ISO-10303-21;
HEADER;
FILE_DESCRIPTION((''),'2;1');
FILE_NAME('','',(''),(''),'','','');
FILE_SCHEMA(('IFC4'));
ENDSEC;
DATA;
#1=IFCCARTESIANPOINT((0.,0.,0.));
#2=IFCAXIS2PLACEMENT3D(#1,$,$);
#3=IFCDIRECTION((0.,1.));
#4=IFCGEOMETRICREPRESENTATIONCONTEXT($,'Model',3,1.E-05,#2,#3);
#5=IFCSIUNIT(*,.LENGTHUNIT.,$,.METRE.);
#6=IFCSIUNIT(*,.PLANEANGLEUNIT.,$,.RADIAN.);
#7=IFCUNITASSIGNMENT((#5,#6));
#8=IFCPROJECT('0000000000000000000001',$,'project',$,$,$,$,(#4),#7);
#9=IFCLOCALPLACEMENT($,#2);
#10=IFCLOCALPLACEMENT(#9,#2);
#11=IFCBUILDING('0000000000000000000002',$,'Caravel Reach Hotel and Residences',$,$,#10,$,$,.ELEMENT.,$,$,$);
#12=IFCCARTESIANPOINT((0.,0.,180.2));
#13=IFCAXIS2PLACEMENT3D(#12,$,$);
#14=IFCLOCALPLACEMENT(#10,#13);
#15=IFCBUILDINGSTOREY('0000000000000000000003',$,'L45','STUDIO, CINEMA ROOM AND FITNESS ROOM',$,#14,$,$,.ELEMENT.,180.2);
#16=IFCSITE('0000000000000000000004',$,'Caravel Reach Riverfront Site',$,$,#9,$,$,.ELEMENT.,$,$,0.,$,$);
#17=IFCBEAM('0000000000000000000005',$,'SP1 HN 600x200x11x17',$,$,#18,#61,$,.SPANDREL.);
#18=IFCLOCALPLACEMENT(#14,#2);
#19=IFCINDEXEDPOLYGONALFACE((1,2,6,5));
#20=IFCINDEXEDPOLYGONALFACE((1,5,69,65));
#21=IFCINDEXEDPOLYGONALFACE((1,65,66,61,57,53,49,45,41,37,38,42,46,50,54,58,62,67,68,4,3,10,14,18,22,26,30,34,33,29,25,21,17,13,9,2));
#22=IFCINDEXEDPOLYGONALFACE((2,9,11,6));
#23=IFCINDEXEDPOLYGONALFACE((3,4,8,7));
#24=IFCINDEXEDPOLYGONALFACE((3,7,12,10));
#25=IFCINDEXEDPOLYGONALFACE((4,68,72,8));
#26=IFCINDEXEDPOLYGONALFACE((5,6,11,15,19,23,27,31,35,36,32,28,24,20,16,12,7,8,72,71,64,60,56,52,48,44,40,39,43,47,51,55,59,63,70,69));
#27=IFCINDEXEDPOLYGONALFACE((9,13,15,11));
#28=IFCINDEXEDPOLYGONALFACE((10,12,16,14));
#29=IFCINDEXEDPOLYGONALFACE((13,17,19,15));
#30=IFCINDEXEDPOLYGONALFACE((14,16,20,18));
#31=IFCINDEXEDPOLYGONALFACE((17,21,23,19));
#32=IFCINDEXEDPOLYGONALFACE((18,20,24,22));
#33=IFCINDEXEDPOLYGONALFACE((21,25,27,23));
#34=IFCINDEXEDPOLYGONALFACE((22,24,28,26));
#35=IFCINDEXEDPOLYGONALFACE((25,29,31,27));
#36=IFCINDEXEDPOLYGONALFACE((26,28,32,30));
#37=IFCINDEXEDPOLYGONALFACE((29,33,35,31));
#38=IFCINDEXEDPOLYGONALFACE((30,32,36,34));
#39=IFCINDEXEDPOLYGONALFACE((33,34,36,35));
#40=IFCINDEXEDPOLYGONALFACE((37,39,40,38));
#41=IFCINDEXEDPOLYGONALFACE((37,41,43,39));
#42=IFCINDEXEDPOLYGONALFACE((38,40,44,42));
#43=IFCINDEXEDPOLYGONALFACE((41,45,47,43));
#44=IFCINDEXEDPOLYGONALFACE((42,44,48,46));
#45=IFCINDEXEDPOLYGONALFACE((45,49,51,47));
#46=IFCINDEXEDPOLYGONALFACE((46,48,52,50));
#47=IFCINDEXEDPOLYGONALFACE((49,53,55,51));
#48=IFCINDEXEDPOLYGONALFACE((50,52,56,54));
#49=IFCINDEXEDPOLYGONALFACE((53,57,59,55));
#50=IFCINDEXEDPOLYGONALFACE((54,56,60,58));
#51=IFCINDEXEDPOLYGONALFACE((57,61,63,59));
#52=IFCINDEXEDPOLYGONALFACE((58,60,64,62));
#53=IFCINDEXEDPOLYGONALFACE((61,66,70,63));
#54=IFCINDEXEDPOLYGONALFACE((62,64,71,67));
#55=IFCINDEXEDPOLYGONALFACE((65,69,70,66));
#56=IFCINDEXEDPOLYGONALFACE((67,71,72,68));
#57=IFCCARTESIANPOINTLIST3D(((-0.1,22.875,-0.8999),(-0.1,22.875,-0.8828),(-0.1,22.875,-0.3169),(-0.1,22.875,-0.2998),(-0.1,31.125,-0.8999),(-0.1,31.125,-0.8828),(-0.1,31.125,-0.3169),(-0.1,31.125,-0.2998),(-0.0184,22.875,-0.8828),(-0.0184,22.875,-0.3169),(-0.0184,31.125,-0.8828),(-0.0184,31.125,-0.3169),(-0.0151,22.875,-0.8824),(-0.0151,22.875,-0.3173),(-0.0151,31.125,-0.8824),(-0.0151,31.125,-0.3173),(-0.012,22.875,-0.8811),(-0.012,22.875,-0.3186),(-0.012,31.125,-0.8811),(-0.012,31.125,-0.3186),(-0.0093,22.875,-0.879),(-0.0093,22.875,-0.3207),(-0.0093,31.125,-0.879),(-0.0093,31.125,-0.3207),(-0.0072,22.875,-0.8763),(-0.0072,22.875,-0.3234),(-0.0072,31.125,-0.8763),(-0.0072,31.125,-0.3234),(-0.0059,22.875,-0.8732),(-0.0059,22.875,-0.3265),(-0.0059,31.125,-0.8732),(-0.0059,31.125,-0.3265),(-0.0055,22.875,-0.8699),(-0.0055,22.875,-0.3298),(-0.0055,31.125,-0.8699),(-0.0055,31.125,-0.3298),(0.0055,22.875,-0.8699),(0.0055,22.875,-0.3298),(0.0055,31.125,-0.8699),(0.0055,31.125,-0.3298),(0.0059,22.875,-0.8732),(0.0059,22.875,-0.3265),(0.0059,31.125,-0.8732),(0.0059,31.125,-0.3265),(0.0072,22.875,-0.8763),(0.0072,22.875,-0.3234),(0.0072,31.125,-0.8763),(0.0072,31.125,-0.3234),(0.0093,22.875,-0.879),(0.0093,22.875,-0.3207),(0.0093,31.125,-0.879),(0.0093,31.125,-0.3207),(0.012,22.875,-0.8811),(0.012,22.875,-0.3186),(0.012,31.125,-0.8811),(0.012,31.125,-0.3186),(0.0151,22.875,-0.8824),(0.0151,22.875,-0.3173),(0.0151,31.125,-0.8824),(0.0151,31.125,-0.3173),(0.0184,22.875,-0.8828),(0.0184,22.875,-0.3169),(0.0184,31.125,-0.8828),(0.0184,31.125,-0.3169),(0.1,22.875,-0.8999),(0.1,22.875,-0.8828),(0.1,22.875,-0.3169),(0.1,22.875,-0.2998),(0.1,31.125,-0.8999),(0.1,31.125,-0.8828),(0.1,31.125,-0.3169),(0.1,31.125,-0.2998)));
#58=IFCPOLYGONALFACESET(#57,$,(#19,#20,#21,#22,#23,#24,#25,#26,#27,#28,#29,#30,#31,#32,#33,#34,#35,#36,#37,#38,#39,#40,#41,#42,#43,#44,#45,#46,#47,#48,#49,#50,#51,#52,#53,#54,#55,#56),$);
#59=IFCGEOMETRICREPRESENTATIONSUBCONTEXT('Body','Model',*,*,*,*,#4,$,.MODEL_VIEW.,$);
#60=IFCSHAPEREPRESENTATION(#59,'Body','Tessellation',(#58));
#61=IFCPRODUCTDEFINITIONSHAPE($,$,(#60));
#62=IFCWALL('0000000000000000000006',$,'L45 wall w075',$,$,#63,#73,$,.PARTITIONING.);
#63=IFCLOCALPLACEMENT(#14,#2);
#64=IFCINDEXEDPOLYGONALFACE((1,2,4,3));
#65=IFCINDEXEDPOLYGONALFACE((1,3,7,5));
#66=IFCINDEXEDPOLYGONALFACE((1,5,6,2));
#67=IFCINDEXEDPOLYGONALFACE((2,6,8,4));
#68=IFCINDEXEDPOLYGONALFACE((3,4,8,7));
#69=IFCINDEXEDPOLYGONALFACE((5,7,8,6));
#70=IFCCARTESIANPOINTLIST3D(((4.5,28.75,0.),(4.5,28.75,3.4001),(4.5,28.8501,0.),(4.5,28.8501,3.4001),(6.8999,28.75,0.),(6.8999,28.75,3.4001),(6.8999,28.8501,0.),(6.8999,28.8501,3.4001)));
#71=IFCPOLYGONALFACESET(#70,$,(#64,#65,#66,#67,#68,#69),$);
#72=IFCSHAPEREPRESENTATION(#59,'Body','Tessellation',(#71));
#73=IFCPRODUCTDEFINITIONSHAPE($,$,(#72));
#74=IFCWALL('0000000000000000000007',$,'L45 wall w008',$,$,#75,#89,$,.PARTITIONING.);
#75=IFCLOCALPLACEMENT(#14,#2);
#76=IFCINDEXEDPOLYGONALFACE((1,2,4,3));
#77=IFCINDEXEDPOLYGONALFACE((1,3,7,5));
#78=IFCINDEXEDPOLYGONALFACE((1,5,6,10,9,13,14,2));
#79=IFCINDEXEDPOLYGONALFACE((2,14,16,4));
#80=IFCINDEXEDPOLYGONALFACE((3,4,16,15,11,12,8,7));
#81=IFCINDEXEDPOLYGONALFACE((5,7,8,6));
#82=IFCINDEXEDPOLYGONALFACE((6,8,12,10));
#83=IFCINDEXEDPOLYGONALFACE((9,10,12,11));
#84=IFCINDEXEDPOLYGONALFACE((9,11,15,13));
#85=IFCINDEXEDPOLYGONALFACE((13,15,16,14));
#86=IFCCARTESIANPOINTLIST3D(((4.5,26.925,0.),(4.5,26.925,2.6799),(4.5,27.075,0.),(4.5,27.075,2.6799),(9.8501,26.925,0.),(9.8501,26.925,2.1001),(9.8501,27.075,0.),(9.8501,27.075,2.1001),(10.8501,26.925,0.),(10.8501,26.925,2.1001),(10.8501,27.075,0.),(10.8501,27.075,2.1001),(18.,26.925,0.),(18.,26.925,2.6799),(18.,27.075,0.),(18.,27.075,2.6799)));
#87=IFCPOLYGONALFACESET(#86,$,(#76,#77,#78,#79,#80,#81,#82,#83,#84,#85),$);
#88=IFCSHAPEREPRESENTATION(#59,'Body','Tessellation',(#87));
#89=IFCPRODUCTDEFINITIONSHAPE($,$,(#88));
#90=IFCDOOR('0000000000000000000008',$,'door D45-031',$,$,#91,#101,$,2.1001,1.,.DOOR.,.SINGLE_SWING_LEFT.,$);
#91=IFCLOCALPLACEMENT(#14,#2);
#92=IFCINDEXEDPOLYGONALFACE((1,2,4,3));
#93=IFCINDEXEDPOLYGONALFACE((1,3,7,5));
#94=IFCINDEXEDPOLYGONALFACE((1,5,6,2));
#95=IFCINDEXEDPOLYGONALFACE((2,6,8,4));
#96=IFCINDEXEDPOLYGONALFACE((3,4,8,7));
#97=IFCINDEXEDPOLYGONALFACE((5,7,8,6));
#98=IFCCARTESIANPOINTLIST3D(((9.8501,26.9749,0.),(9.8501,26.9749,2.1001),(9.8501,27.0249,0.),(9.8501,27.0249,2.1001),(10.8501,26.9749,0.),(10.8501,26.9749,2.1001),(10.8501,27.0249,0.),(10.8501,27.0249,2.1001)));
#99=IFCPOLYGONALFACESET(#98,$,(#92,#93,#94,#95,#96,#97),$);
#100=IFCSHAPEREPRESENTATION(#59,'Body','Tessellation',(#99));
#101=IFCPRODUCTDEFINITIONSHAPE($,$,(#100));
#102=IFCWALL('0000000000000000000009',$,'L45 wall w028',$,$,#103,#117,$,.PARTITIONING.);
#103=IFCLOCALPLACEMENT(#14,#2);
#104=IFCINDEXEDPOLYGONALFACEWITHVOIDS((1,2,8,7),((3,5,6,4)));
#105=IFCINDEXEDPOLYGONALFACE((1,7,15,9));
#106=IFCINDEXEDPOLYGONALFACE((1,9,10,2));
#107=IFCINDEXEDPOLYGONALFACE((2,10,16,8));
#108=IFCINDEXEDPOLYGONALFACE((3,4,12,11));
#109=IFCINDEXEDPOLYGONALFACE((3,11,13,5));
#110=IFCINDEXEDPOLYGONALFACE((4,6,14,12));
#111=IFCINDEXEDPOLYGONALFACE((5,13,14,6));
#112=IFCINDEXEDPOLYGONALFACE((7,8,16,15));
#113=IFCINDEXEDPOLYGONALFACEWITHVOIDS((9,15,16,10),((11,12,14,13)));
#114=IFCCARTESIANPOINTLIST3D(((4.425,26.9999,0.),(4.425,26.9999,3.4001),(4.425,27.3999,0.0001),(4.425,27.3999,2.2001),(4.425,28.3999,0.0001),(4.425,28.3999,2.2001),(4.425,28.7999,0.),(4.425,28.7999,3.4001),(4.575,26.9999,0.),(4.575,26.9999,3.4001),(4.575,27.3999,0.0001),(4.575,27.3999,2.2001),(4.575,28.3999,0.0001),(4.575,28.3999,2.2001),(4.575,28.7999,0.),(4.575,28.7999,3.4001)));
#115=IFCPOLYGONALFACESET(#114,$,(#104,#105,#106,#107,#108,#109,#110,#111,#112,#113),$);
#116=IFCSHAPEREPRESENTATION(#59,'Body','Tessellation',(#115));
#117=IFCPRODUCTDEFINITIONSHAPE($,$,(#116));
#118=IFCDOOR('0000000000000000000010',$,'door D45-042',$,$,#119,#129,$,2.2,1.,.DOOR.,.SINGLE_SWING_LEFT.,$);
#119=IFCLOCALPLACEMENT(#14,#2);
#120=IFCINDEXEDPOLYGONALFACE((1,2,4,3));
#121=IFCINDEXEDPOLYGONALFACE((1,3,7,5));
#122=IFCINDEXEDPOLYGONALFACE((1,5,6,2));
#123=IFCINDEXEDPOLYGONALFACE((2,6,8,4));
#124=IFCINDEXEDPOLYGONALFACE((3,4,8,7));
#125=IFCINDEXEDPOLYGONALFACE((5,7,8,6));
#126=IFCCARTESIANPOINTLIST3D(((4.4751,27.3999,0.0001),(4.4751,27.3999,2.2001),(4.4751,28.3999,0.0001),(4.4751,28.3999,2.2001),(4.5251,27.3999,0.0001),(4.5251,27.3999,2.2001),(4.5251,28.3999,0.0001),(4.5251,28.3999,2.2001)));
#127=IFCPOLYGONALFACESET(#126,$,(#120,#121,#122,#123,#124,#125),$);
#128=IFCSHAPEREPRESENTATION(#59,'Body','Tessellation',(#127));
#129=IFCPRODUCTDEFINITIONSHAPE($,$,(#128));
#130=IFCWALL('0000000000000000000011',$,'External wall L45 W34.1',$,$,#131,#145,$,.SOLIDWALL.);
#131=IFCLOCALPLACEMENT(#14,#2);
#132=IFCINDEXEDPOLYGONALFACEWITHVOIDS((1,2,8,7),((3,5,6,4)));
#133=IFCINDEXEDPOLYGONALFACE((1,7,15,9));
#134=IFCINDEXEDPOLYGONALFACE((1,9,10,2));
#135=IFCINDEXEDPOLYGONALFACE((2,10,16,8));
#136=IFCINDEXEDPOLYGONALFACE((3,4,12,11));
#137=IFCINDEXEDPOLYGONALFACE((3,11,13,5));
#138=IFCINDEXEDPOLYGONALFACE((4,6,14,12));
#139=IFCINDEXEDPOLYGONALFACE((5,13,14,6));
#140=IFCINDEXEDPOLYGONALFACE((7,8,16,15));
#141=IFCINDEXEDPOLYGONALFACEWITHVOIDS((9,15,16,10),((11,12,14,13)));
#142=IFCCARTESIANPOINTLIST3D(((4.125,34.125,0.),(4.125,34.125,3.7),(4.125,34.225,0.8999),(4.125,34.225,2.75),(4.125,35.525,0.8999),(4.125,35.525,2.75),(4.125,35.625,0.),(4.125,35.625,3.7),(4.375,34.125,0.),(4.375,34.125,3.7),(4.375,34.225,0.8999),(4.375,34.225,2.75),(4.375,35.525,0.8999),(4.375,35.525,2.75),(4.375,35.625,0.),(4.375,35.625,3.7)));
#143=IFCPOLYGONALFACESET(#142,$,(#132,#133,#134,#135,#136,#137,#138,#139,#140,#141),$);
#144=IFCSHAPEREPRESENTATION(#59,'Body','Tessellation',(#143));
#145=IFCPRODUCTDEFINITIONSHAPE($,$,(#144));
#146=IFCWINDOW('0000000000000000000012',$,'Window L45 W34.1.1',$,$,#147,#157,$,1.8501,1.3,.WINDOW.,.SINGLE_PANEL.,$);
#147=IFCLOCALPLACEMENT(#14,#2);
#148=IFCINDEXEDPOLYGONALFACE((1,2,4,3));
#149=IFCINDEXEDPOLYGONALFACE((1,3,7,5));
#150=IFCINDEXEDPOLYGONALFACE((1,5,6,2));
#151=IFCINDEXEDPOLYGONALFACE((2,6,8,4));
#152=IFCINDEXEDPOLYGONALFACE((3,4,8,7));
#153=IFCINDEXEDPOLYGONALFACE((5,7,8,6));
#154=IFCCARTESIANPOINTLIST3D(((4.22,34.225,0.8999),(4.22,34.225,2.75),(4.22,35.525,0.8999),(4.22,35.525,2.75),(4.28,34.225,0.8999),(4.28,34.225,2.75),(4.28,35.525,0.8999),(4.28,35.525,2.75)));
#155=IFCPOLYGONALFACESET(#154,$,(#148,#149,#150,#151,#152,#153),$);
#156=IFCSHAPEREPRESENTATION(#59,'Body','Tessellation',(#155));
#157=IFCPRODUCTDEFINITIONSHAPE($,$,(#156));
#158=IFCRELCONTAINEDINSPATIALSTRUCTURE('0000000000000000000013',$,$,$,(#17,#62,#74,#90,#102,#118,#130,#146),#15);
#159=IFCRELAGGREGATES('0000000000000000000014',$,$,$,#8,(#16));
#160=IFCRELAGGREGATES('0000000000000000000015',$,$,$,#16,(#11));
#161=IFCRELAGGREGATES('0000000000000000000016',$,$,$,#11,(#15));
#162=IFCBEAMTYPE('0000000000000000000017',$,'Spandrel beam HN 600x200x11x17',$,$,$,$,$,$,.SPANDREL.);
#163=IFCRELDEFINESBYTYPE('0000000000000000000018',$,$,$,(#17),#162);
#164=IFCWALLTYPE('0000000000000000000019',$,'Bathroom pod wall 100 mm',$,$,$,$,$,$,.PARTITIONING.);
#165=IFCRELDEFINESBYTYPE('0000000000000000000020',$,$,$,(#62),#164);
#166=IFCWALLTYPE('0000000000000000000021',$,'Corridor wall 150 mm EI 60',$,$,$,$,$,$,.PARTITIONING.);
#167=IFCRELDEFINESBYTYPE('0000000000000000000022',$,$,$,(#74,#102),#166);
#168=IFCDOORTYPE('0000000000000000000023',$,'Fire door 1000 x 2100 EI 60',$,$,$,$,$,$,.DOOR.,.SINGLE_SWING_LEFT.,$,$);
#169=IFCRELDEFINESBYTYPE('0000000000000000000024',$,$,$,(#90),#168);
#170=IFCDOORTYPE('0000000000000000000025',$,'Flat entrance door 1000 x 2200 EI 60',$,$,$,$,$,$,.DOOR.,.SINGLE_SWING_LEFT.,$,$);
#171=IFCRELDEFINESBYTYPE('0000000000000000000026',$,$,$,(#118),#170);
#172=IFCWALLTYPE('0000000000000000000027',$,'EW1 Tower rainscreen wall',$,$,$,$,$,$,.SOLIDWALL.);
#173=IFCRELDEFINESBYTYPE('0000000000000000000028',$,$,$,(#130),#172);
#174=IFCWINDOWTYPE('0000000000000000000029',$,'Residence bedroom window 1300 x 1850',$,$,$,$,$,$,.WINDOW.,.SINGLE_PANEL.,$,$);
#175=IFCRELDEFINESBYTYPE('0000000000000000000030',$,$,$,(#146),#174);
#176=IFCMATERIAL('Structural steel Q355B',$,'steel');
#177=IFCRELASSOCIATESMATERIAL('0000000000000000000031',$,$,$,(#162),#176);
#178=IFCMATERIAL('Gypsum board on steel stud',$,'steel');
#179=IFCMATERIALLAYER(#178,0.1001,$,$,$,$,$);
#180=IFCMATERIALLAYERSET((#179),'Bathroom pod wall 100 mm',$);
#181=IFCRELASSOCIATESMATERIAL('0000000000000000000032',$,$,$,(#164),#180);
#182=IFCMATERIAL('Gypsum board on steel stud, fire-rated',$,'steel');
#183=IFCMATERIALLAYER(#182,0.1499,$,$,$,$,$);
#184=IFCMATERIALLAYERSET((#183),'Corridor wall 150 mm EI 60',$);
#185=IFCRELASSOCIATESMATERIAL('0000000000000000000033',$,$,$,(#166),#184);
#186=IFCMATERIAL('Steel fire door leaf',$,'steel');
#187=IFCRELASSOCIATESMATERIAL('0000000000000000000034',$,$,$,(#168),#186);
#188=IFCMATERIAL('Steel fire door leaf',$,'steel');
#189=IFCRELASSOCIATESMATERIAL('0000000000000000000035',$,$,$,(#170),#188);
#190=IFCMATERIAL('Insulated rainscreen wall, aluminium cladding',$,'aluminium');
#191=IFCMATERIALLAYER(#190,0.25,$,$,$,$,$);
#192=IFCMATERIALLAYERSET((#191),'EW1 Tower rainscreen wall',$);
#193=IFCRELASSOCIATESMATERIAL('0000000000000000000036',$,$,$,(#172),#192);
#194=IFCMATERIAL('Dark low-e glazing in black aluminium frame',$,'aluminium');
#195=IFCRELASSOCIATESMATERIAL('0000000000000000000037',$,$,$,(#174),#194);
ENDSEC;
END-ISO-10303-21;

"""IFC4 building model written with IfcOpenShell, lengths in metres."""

from ifc_helpers import new_model, si_unit, direction, frame, frame_2d, origin, origin_2d, place, context, subcontext, project, spatial, rectangle, i_section, extrude, material, layer, layer_set, material_profile, profile_set, type_object, element, fill, save


model = new_model("IFC4")

# Units and contexts
model_context = context("Model", 3, precision=1e-05, world=origin(), true_north=direction((0.0, 1.0)))
body_context = subcontext(model_context, "Body", "Model", "MODEL_VIEW")
ifc_project = project(units=[si_unit("LENGTHUNIT", "METRE"), si_unit("PLANEANGLEUNIT", "RADIAN")], contexts=[model_context])

# Site, building, storey
site_placement = place(None, origin())
site = spatial("IfcSite", under=ifc_project, at=site_placement, Name="Caravel Reach Riverfront Site", CompositionType="ELEMENT", RefElevation=0.0)
building_placement = place(site_placement, origin())
building = spatial("IfcBuilding", under=site, at=building_placement, Name="Caravel Reach Hotel and Residences", CompositionType="ELEMENT")
storey_placement = place(building_placement, frame((0.0, 0.0, 180.2)))
storey = spatial("IfcBuildingStorey", under=building, at=storey_placement, Name="L45", Description="STUDIO, CINEMA ROOM AND FITNESS ROOM", CompositionType="ELEMENT", Elevation=180.2)

# Beam
ifc_material_1 = material(Name="Structural steel Q355B", Category="steel")
ifc_material_profile_1 = material_profile(ifc_material_1, i_section(OverallWidth=0.2, OverallDepth=0.6001, WebThickness=0.011, FlangeThickness=0.0171, FilletRadius=0.0129, at=origin_2d()), Name="HN 600x200x11x17")
ifc_profile_set_1 = profile_set([ifc_material_profile_1], Name="Structural steel Q355B")
beam_type = type_object("IfcBeamType", Name="Spandrel beam HN 600x200x11x17", PredefinedType="SPANDREL", material=ifc_profile_set_1)
beam_placement = place(storey_placement, frame((0.0, 31.125, -0.5999), z_axis=(0.0, -1.0, 0.0), x_axis=(1.0, 0.0, 0.0)))
element("IfcBeam", 1, at=beam_placement, inside=storey, type_object=beam_type, Name="SP1 HN 600x200x11x17", PredefinedType="SPANDREL", context=body_context, shape_type="SweptSolid", body=[
    extrude(i_section(OverallWidth=0.2, OverallDepth=0.6001, WebThickness=0.011, FlangeThickness=0.0171, FilletRadius=0.0129, at=origin_2d()), origin(), (0.0, 0.0, 1.0), 8.25),
])

# Wall
ifc_material_2 = material(Name="Gypsum board on steel stud", Category="steel")
ifc_layer_1 = layer(ifc_material_2, 0.1001)
ifc_layer_set_1 = layer_set([ifc_layer_1], Name="Bathroom pod wall 100 mm")
wall_type_1 = type_object("IfcWallType", Name="Bathroom pod wall 100 mm", PredefinedType="PARTITIONING", material=ifc_layer_set_1)
wall_1_placement = place(storey_placement, frame((4.5, 28.8, 0.0), z_axis=(0.0, 0.0, 1.0), x_axis=(1.0, 0.0, 0.0)))
element("IfcWall", 2, at=wall_1_placement, inside=storey, type_object=wall_type_1, Name="L45 wall w075", PredefinedType="PARTITIONING", context=body_context, shape_type="SweptSolid", body=[
    extrude(rectangle(XDim=2.3999, YDim=0.1001, at=frame_2d((1.2, 0.0))), origin(), (0.0, 0.0, 1.0), 3.4001),
])

# Walls, openings, doors
ifc_material_3 = material(Name="Gypsum board on steel stud, fire-rated", Category="steel")
ifc_layer_2 = layer(ifc_material_3, 0.1499)
ifc_layer_set_2 = layer_set([ifc_layer_2], Name="Corridor wall 150 mm EI 60")
wall_type_2 = type_object("IfcWallType", Name="Corridor wall 150 mm EI 60", PredefinedType="PARTITIONING", material=ifc_layer_set_2)
wall_2_placement = place(storey_placement, frame((4.5, 27.0, 0.0), z_axis=(0.0, 0.0, 1.0), x_axis=(1.0, 0.0, 0.0)))
wall_2 = element("IfcWall", 3, at=wall_2_placement, inside=storey, type_object=wall_type_2, Name="L45 wall w008", PredefinedType="PARTITIONING", context=body_context, shape_type="SweptSolid", body=[
    extrude(rectangle(XDim=13.5, YDim=0.1499, at=frame_2d((6.75, 0.0))), origin(), (0.0, 0.0, 1.0), 2.6799),
])
opening_1_placement = place(wall_2_placement, frame((5.3501, 0.0, 0.0)))
opening_1 = element("IfcOpeningElement", 4, at=opening_1_placement, cuts=wall_2, PredefinedType="OPENING", context=body_context, shape_type="SweptSolid", body=[
    extrude(rectangle(XDim=1.0, YDim=2.1001, at=frame_2d((0.5, 1.05))), frame((0.0, 0.085, 0.0), z_axis=(0.0, -1.0, 0.0), x_axis=(1.0, 0.0, 0.0)), (0.0, 0.0, 1.0), 0.1699),
])
ifc_material_4 = material(Name="Steel fire door leaf", Category="steel")
door_type_1 = type_object("IfcDoorType", Name="Fire door 1000 x 2100 EI 60", OperationType="SINGLE_SWING_LEFT", PredefinedType="DOOR", material=ifc_material_4)
door_1_placement = place(opening_1_placement, origin())
door_1 = element("IfcDoor", 5, at=door_1_placement, inside=storey, type_object=door_type_1, Name="door D45-031", OperationType="SINGLE_SWING_LEFT", OverallHeight=2.1001, OverallWidth=1.0, PredefinedType="DOOR", context=body_context, shape_type="SweptSolid", body=[
    extrude(rectangle(XDim=1.0, YDim=2.1001, at=frame_2d((0.5, 1.05))), frame((0.0, 0.0249, 0.0), z_axis=(0.0, -1.0, 0.0), x_axis=(1.0, 0.0, 0.0)), (0.0, 0.0, 1.0), 0.05),
])
fill(opening_1, door_1)
wall_3_placement = place(storey_placement, frame((4.5, 27.0, 0.0), z_axis=(0.0, 0.0, 1.0), x_axis=(0.0, 1.0, 0.0)))
wall_3 = element("IfcWall", 6, at=wall_3_placement, inside=storey, type_object=wall_type_2, Name="L45 wall w028", PredefinedType="PARTITIONING", context=body_context, shape_type="SweptSolid", body=[
    extrude(rectangle(XDim=1.8, YDim=0.1499, at=frame_2d((0.8999, 0.0))), origin(), (0.0, 0.0, 1.0), 3.4001),
])
opening_2_placement = place(wall_3_placement, frame((0.3999, 0.0, 0.0)))
opening_2 = element("IfcOpeningElement", 7, at=opening_2_placement, cuts=wall_3, PredefinedType="OPENING", context=body_context, shape_type="SweptSolid", body=[
    extrude(rectangle(XDim=1.0, YDim=2.2, at=frame_2d((0.5, 1.1001))), frame((0.0, 0.085, 0.0), z_axis=(0.0, -1.0, 0.0), x_axis=(1.0, 0.0, 0.0)), (0.0, 0.0, 1.0), 0.1699),
])
ifc_material_5 = material(Name="Steel fire door leaf", Category="steel")
door_type_2 = type_object("IfcDoorType", Name="Flat entrance door 1000 x 2200 EI 60", OperationType="SINGLE_SWING_LEFT", PredefinedType="DOOR", material=ifc_material_5)
door_2_placement = place(opening_2_placement, origin())
door_2 = element("IfcDoor", 8, at=door_2_placement, inside=storey, type_object=door_type_2, Name="door D45-042", OperationType="SINGLE_SWING_LEFT", OverallHeight=2.2, OverallWidth=1.0, PredefinedType="DOOR", context=body_context, shape_type="SweptSolid", body=[
    extrude(rectangle(XDim=1.0, YDim=2.2, at=frame_2d((0.5, 1.1001))), frame((0.0, 0.0249, 0.0), z_axis=(0.0, -1.0, 0.0), x_axis=(1.0, 0.0, 0.0)), (0.0, 0.0, 1.0), 0.05),
])
fill(opening_2, door_2)

# Wall, opening, window
ifc_material_6 = material(Name="Insulated rainscreen wall, aluminium cladding", Category="aluminium")
ifc_layer_3 = layer(ifc_material_6, 0.25)
ifc_layer_set_3 = layer_set([ifc_layer_3], Name="EW1 Tower rainscreen wall")
wall_type_3 = type_object("IfcWallType", Name="EW1 Tower rainscreen wall", PredefinedType="SOLIDWALL", material=ifc_layer_set_3)
wall_4_placement = place(storey_placement, frame((4.25, 35.625, 0.0), z_axis=(0.0, 0.0, 1.0), x_axis=(0.0, -1.0, 0.0)))
wall_4 = element("IfcWall", 9, at=wall_4_placement, inside=storey, type_object=wall_type_3, Name="External wall L45 W34.1", PredefinedType="SOLIDWALL", context=body_context, shape_type="SweptSolid", body=[
    extrude(rectangle(XDim=1.5, YDim=0.25, at=frame_2d((0.75, 0.0))), origin(), (0.0, 0.0, 1.0), 3.7),
])
opening_3_placement = place(wall_4_placement, frame((0.1001, 0.0, 0.8999)))
opening_3 = element("IfcOpeningElement", 10, at=opening_3_placement, cuts=wall_4, PredefinedType="OPENING", context=body_context, shape_type="SweptSolid", body=[
    extrude(rectangle(XDim=1.3, YDim=1.8501, at=frame_2d((0.6499, 0.925))), frame((0.0, 0.135, 0.0), z_axis=(0.0, -1.0, 0.0), x_axis=(1.0, 0.0, 0.0)), (0.0, 0.0, 1.0), 0.27),
])
ifc_material_7 = material(Name="Dark low-e glazing in black aluminium frame", Category="aluminium")
window_type_1 = type_object("IfcWindowType", Name="Residence bedroom window 1300 x 1850", PartitioningType="SINGLE_PANEL", PredefinedType="WINDOW", material=ifc_material_7)
window_1_placement = place(opening_3_placement, origin())
window_1 = element("IfcWindow", 11, at=window_1_placement, inside=storey, type_object=window_type_1, Name="Window L45 W34.1.1", OverallHeight=1.8501, OverallWidth=1.3, PartitioningType="SINGLE_PANEL", PredefinedType="WINDOW", context=body_context, shape_type="SweptSolid", body=[
    extrude(rectangle(XDim=1.3, YDim=1.8501, at=frame_2d((0.6499, 0.925))), frame((0.0, 0.03, 0.0), z_axis=(0.0, -1.0, 0.0), x_axis=(1.0, 0.0, 0.0)), (0.0, 0.0, 1.0), 0.0601),
])
fill(opening_3, window_1)

save(model, "model.ifc")
